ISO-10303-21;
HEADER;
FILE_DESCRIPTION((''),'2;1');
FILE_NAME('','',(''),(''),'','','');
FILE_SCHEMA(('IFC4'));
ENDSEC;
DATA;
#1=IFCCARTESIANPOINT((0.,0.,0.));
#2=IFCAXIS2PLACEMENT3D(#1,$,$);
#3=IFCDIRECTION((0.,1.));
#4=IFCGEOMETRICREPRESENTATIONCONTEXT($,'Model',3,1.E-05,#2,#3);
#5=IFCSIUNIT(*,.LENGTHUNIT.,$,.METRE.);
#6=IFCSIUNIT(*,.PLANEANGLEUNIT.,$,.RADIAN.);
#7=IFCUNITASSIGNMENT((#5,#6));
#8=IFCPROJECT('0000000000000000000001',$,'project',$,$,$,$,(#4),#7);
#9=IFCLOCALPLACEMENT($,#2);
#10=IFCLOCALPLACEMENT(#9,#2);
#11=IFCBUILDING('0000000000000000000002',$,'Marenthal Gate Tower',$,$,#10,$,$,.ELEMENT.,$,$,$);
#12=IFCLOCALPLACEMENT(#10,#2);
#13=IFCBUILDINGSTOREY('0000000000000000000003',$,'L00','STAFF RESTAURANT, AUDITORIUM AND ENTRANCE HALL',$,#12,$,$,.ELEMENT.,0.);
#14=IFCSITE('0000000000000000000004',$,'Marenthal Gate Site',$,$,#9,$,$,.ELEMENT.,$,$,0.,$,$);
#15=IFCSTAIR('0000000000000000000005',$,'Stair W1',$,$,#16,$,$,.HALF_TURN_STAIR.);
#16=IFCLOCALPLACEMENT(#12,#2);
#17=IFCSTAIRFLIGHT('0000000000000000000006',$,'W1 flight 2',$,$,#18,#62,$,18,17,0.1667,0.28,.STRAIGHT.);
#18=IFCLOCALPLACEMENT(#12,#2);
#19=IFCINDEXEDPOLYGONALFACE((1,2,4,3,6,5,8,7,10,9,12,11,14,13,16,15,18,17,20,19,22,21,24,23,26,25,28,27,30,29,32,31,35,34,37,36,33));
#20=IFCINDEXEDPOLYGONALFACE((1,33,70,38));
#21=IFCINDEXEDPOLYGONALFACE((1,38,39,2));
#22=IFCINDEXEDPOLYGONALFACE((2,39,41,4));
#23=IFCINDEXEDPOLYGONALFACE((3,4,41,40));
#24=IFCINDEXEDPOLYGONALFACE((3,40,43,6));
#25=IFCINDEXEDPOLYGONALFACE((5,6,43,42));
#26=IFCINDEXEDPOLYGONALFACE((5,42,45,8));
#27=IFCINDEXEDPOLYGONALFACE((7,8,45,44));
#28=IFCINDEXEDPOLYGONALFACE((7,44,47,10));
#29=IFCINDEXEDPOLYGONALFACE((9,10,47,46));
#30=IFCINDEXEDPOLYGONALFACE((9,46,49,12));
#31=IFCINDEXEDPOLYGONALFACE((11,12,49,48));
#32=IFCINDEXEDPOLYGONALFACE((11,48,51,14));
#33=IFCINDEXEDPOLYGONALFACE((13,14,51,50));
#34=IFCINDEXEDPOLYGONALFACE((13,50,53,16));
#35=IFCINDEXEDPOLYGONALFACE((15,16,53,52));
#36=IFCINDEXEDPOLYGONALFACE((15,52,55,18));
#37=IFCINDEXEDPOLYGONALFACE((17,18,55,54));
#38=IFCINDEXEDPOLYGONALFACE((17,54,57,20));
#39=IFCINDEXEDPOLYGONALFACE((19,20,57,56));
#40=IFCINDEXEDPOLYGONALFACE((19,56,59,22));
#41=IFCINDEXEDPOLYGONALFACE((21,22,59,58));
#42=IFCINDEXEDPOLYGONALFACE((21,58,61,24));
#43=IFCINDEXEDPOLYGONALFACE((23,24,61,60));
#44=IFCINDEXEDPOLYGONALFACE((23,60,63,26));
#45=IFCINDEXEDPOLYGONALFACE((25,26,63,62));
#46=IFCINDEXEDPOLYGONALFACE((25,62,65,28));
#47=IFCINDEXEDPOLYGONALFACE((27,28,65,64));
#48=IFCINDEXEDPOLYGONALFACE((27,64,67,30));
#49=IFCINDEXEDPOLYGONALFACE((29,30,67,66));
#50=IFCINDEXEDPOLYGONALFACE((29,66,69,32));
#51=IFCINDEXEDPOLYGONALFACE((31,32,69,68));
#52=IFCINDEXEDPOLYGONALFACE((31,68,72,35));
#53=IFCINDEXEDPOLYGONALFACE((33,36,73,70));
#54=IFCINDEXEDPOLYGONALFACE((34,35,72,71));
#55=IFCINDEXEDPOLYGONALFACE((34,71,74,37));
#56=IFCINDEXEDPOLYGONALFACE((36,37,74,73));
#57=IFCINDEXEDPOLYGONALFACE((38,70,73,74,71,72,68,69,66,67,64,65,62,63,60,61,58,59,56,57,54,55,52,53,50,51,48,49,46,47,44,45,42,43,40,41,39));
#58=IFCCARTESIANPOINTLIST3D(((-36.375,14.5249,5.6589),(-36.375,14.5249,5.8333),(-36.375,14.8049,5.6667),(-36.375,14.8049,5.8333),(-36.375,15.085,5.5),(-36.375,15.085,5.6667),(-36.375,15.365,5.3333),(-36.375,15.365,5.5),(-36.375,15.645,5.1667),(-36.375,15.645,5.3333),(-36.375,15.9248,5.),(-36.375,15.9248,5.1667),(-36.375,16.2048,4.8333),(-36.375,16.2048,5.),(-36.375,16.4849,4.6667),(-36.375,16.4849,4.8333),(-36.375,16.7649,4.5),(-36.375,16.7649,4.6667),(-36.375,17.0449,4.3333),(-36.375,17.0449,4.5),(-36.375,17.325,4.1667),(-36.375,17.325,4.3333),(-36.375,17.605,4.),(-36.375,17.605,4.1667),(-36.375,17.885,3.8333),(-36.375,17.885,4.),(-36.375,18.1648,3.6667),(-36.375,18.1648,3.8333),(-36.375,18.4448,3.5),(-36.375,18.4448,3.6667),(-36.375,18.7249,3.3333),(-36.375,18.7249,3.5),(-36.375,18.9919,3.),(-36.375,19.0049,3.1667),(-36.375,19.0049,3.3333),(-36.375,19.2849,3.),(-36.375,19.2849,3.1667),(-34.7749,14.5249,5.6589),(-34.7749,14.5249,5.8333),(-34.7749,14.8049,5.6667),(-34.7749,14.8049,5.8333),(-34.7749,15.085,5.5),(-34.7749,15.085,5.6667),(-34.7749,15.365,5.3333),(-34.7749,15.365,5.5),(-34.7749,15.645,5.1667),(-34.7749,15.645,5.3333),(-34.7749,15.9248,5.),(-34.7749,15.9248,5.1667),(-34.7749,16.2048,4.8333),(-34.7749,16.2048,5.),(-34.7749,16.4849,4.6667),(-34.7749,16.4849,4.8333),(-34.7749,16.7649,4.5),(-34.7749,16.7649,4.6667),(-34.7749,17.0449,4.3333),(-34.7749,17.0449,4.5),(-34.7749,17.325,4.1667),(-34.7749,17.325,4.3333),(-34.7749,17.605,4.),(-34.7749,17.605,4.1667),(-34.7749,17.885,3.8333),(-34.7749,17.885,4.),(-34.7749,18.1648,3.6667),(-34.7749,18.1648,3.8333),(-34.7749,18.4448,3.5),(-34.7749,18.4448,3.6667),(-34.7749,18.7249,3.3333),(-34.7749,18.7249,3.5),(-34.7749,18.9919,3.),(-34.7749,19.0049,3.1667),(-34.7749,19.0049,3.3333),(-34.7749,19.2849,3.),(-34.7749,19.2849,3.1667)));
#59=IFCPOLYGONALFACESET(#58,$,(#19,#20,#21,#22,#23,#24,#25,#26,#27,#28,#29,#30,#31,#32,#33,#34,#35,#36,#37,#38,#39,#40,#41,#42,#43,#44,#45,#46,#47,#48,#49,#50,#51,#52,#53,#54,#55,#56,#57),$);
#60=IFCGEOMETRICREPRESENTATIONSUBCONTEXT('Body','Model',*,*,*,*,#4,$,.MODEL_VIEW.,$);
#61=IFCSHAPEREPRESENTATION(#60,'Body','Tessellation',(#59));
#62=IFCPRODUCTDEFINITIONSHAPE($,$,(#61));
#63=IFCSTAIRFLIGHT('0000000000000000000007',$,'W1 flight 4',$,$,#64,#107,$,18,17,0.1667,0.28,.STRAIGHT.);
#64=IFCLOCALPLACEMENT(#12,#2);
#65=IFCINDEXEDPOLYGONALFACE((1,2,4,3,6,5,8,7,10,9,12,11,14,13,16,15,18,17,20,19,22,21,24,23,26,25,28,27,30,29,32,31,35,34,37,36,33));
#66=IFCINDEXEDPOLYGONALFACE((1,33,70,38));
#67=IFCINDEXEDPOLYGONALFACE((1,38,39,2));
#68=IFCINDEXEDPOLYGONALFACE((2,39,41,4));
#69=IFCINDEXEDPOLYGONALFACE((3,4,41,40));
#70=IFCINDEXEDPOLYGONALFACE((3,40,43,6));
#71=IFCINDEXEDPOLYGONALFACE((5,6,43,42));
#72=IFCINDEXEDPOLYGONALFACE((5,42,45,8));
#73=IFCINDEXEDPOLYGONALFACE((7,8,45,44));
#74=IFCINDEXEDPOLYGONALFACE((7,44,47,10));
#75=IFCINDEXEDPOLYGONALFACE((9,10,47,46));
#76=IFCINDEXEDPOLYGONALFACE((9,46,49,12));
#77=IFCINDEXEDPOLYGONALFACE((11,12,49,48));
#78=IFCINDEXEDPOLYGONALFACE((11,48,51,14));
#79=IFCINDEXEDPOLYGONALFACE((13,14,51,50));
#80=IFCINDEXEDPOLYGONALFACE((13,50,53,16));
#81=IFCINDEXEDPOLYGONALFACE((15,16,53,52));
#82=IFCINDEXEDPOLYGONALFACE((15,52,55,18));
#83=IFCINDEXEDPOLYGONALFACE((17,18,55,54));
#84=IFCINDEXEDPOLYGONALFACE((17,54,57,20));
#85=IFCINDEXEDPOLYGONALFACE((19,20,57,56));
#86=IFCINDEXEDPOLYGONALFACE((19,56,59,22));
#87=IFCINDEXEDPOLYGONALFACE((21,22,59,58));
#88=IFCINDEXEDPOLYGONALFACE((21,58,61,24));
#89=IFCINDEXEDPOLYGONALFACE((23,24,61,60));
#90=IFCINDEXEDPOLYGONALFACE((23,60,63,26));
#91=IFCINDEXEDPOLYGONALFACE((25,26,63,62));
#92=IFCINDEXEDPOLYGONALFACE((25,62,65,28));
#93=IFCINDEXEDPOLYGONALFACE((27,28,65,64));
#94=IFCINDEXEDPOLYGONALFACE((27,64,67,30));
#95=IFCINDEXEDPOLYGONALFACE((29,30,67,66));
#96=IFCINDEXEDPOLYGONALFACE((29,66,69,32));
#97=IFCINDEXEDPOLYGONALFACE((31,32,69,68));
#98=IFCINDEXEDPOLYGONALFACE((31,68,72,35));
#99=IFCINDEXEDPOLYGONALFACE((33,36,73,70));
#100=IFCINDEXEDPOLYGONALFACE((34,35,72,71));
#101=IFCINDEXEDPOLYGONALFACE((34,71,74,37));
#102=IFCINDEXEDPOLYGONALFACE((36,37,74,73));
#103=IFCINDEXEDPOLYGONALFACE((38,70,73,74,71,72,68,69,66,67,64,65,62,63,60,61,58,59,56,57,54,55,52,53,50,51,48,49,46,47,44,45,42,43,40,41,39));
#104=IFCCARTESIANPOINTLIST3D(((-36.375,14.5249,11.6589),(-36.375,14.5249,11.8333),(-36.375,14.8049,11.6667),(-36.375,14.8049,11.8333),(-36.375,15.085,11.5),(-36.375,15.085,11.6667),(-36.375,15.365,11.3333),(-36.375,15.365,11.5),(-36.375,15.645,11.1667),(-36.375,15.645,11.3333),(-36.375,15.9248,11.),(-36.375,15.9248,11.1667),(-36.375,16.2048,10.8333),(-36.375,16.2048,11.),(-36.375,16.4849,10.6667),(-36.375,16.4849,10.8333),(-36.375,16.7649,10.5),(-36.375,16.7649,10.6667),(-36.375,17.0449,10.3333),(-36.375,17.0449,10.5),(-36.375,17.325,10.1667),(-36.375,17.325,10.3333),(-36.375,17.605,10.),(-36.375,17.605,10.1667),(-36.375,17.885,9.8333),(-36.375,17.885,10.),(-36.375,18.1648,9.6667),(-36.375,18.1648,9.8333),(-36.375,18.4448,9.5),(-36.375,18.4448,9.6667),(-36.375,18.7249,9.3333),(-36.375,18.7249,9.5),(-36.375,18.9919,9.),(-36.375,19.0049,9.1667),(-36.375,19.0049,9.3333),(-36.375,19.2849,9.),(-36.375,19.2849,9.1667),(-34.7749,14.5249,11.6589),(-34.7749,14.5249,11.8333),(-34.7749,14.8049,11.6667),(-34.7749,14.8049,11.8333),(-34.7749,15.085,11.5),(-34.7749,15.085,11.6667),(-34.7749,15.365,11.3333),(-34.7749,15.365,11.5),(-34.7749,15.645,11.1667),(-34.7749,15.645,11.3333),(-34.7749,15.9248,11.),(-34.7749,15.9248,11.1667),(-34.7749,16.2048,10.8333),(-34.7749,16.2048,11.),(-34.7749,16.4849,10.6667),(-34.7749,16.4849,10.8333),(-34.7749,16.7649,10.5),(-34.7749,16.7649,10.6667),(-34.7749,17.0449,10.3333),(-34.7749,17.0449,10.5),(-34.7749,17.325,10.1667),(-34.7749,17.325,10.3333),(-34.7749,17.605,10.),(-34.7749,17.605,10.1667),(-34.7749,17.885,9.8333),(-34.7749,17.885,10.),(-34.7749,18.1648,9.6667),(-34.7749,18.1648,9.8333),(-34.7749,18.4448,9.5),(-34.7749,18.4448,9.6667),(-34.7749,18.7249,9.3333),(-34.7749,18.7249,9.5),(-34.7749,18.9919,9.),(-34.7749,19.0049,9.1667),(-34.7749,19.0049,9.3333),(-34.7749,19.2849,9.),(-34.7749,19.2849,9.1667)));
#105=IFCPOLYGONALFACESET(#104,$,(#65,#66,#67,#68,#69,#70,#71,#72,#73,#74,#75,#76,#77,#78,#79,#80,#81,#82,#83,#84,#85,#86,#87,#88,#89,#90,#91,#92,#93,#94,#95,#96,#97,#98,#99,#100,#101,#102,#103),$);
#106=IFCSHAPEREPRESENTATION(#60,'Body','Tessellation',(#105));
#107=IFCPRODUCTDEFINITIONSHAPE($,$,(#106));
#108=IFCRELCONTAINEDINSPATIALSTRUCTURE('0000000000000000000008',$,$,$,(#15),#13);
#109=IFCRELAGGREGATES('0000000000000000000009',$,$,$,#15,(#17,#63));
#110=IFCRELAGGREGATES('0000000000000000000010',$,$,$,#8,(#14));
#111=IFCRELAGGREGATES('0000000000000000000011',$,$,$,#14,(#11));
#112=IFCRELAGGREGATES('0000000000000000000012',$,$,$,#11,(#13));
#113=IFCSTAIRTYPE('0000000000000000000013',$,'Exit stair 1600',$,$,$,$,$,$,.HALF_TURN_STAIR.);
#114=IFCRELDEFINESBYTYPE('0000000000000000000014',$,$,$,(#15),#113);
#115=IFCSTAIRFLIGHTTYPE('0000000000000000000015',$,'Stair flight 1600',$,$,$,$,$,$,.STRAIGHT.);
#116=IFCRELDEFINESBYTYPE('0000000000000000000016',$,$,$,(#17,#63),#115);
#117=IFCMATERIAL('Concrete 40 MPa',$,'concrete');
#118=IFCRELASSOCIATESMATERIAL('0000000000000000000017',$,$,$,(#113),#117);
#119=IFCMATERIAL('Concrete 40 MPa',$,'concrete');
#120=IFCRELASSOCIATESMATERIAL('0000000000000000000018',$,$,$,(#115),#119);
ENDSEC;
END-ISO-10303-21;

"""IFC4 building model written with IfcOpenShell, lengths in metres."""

from ifc_helpers import new_model, si_unit, direction, frame, origin, place, context, subcontext, project, spatial, polyline, outline, extrude, material, type_object, element, aggregate, save


model = new_model("IFC4")

# Units and contexts
model_context = context("Model", 3, precision=1e-05, world=origin(), true_north=direction((0.0, 1.0)))
body_context = subcontext(model_context, "Body", "Model", "MODEL_VIEW")
ifc_project = project(units=[si_unit("LENGTHUNIT", "METRE"), si_unit("PLANEANGLEUNIT", "RADIAN")], contexts=[model_context])

# Site, building, storey
site_placement = place(None, origin())
site = spatial("IfcSite", under=ifc_project, at=site_placement, Name="Marenthal Gate Site", CompositionType="ELEMENT", RefElevation=0.0)
building_placement = place(site_placement, origin())
building = spatial("IfcBuilding", under=site, at=building_placement, Name="Marenthal Gate Tower", CompositionType="ELEMENT")
storey_placement = place(building_placement, origin())
storey = spatial("IfcBuildingStorey", under=building, at=storey_placement, Name="L00", Description="STAFF RESTAURANT, AUDITORIUM AND ENTRANCE HALL", CompositionType="ELEMENT", Elevation=0.0)

# Stair, stair flights
ifc_material_1 = material(Name="Concrete 40 MPa", Category="concrete")
stair_type = type_object("IfcStairType", Name="Exit stair 1600", PredefinedType="HALF_TURN_STAIR", material=ifc_material_1)
stair_placement = place(storey_placement, origin())
stair = element("IfcStair", 1, at=stair_placement, inside=storey, type_object=stair_type, Name="Stair W1", PredefinedType="HALF_TURN_STAIR")
ifc_material_2 = material(Name="Concrete 40 MPa", Category="concrete")
stair_flight_type = type_object("IfcStairFlightType", Name="Stair flight 1600", PredefinedType="STRAIGHT", material=ifc_material_2)
stair_flight_1_placement = place(storey_placement, frame((-35.575, 19.2849, 3.0), z_axis=(0.0, 0.0, 1.0), x_axis=(0.0, -1.0, 0.0)))
stair_flight_1 = element("IfcStairFlight", 2, at=stair_flight_1_placement, type_object=stair_flight_type, Name="W1 flight 2", NumberOfRisers=18, NumberOfTreads=17, PredefinedType="STRAIGHT", RiserHeight=0.1667, TreadLength=0.28, context=body_context, shape_type="SweptSolid", body=[
    extrude(outline(polyline([(0.0, 0.0), (0.0, 0.1667), (0.28, 0.1667), (0.28, 0.3333), (0.5601, 0.3333), (0.5601, 0.5), (0.8401, 0.5), (0.8401, 0.6667), (1.1201, 0.6667), (1.1201, 0.8333), (1.3999, 0.8333), (1.3999, 1.0), (1.6799, 1.0), (1.6799, 1.1667), (1.96, 1.1667), (1.96, 1.3333), (2.24, 1.3333), (2.24, 1.5), (2.52, 1.5), (2.52, 1.6667), (2.8, 1.6667), (2.8, 1.8333), (3.0801, 1.8333), (3.0801, 2.0), (3.3601, 2.0), (3.3601, 2.1667), (3.6399, 2.1667), (3.6399, 2.3333), (3.9199, 2.3333), (3.9199, 2.5), (4.2, 2.5), (4.2, 2.6667), (4.48, 2.6667), (4.48, 2.8333), (4.76, 2.8333), (4.76, 3.0), (4.76, 2.6589), (0.293, 0.0), (0.0, 0.0)])), frame((0.0, 0.8, 0.0), z_axis=(0.0, -1.0, 0.0), x_axis=(1.0, 0.0, 0.0)), (0.0, 0.0, 1.0), 1.6001),
])
stair_flight_2_placement = place(storey_placement, frame((-35.575, 19.2849, 9.0), z_axis=(0.0, 0.0, 1.0), x_axis=(0.0, -1.0, 0.0)))
stair_flight_2 = element("IfcStairFlight", 3, at=stair_flight_2_placement, type_object=stair_flight_type, Name="W1 flight 4", NumberOfRisers=18, NumberOfTreads=17, PredefinedType="STRAIGHT", RiserHeight=0.1667, TreadLength=0.28, context=body_context, shape_type="SweptSolid", body=[
    extrude(outline(polyline([(0.0, 0.0), (0.0, 0.1667), (0.28, 0.1667), (0.28, 0.3333), (0.5601, 0.3333), (0.5601, 0.5), (0.8401, 0.5), (0.8401, 0.6667), (1.1201, 0.6667), (1.1201, 0.8333), (1.3999, 0.8333), (1.3999, 1.0), (1.6799, 1.0), (1.6799, 1.1667), (1.96, 1.1667), (1.96, 1.3333), (2.24, 1.3333), (2.24, 1.5), (2.52, 1.5), (2.52, 1.6667), (2.8, 1.6667), (2.8, 1.8333), (3.0801, 1.8333), (3.0801, 2.0), (3.3601, 2.0), (3.3601, 2.1667), (3.6399, 2.1667), (3.6399, 2.3333), (3.9199, 2.3333), (3.9199, 2.5), (4.2, 2.5), (4.2, 2.6667), (4.48, 2.6667), (4.48, 2.8333), (4.76, 2.8333), (4.76, 3.0), (4.76, 2.6589), (0.293, 0.0), (0.0, 0.0)])), frame((0.0, 0.8, 0.0), z_axis=(0.0, -1.0, 0.0), x_axis=(1.0, 0.0, 0.0)), (0.0, 0.0, 1.0), 1.6001),
])
aggregate(stair, [stair_flight_1, stair_flight_2])

save(model, "model.ifc")
